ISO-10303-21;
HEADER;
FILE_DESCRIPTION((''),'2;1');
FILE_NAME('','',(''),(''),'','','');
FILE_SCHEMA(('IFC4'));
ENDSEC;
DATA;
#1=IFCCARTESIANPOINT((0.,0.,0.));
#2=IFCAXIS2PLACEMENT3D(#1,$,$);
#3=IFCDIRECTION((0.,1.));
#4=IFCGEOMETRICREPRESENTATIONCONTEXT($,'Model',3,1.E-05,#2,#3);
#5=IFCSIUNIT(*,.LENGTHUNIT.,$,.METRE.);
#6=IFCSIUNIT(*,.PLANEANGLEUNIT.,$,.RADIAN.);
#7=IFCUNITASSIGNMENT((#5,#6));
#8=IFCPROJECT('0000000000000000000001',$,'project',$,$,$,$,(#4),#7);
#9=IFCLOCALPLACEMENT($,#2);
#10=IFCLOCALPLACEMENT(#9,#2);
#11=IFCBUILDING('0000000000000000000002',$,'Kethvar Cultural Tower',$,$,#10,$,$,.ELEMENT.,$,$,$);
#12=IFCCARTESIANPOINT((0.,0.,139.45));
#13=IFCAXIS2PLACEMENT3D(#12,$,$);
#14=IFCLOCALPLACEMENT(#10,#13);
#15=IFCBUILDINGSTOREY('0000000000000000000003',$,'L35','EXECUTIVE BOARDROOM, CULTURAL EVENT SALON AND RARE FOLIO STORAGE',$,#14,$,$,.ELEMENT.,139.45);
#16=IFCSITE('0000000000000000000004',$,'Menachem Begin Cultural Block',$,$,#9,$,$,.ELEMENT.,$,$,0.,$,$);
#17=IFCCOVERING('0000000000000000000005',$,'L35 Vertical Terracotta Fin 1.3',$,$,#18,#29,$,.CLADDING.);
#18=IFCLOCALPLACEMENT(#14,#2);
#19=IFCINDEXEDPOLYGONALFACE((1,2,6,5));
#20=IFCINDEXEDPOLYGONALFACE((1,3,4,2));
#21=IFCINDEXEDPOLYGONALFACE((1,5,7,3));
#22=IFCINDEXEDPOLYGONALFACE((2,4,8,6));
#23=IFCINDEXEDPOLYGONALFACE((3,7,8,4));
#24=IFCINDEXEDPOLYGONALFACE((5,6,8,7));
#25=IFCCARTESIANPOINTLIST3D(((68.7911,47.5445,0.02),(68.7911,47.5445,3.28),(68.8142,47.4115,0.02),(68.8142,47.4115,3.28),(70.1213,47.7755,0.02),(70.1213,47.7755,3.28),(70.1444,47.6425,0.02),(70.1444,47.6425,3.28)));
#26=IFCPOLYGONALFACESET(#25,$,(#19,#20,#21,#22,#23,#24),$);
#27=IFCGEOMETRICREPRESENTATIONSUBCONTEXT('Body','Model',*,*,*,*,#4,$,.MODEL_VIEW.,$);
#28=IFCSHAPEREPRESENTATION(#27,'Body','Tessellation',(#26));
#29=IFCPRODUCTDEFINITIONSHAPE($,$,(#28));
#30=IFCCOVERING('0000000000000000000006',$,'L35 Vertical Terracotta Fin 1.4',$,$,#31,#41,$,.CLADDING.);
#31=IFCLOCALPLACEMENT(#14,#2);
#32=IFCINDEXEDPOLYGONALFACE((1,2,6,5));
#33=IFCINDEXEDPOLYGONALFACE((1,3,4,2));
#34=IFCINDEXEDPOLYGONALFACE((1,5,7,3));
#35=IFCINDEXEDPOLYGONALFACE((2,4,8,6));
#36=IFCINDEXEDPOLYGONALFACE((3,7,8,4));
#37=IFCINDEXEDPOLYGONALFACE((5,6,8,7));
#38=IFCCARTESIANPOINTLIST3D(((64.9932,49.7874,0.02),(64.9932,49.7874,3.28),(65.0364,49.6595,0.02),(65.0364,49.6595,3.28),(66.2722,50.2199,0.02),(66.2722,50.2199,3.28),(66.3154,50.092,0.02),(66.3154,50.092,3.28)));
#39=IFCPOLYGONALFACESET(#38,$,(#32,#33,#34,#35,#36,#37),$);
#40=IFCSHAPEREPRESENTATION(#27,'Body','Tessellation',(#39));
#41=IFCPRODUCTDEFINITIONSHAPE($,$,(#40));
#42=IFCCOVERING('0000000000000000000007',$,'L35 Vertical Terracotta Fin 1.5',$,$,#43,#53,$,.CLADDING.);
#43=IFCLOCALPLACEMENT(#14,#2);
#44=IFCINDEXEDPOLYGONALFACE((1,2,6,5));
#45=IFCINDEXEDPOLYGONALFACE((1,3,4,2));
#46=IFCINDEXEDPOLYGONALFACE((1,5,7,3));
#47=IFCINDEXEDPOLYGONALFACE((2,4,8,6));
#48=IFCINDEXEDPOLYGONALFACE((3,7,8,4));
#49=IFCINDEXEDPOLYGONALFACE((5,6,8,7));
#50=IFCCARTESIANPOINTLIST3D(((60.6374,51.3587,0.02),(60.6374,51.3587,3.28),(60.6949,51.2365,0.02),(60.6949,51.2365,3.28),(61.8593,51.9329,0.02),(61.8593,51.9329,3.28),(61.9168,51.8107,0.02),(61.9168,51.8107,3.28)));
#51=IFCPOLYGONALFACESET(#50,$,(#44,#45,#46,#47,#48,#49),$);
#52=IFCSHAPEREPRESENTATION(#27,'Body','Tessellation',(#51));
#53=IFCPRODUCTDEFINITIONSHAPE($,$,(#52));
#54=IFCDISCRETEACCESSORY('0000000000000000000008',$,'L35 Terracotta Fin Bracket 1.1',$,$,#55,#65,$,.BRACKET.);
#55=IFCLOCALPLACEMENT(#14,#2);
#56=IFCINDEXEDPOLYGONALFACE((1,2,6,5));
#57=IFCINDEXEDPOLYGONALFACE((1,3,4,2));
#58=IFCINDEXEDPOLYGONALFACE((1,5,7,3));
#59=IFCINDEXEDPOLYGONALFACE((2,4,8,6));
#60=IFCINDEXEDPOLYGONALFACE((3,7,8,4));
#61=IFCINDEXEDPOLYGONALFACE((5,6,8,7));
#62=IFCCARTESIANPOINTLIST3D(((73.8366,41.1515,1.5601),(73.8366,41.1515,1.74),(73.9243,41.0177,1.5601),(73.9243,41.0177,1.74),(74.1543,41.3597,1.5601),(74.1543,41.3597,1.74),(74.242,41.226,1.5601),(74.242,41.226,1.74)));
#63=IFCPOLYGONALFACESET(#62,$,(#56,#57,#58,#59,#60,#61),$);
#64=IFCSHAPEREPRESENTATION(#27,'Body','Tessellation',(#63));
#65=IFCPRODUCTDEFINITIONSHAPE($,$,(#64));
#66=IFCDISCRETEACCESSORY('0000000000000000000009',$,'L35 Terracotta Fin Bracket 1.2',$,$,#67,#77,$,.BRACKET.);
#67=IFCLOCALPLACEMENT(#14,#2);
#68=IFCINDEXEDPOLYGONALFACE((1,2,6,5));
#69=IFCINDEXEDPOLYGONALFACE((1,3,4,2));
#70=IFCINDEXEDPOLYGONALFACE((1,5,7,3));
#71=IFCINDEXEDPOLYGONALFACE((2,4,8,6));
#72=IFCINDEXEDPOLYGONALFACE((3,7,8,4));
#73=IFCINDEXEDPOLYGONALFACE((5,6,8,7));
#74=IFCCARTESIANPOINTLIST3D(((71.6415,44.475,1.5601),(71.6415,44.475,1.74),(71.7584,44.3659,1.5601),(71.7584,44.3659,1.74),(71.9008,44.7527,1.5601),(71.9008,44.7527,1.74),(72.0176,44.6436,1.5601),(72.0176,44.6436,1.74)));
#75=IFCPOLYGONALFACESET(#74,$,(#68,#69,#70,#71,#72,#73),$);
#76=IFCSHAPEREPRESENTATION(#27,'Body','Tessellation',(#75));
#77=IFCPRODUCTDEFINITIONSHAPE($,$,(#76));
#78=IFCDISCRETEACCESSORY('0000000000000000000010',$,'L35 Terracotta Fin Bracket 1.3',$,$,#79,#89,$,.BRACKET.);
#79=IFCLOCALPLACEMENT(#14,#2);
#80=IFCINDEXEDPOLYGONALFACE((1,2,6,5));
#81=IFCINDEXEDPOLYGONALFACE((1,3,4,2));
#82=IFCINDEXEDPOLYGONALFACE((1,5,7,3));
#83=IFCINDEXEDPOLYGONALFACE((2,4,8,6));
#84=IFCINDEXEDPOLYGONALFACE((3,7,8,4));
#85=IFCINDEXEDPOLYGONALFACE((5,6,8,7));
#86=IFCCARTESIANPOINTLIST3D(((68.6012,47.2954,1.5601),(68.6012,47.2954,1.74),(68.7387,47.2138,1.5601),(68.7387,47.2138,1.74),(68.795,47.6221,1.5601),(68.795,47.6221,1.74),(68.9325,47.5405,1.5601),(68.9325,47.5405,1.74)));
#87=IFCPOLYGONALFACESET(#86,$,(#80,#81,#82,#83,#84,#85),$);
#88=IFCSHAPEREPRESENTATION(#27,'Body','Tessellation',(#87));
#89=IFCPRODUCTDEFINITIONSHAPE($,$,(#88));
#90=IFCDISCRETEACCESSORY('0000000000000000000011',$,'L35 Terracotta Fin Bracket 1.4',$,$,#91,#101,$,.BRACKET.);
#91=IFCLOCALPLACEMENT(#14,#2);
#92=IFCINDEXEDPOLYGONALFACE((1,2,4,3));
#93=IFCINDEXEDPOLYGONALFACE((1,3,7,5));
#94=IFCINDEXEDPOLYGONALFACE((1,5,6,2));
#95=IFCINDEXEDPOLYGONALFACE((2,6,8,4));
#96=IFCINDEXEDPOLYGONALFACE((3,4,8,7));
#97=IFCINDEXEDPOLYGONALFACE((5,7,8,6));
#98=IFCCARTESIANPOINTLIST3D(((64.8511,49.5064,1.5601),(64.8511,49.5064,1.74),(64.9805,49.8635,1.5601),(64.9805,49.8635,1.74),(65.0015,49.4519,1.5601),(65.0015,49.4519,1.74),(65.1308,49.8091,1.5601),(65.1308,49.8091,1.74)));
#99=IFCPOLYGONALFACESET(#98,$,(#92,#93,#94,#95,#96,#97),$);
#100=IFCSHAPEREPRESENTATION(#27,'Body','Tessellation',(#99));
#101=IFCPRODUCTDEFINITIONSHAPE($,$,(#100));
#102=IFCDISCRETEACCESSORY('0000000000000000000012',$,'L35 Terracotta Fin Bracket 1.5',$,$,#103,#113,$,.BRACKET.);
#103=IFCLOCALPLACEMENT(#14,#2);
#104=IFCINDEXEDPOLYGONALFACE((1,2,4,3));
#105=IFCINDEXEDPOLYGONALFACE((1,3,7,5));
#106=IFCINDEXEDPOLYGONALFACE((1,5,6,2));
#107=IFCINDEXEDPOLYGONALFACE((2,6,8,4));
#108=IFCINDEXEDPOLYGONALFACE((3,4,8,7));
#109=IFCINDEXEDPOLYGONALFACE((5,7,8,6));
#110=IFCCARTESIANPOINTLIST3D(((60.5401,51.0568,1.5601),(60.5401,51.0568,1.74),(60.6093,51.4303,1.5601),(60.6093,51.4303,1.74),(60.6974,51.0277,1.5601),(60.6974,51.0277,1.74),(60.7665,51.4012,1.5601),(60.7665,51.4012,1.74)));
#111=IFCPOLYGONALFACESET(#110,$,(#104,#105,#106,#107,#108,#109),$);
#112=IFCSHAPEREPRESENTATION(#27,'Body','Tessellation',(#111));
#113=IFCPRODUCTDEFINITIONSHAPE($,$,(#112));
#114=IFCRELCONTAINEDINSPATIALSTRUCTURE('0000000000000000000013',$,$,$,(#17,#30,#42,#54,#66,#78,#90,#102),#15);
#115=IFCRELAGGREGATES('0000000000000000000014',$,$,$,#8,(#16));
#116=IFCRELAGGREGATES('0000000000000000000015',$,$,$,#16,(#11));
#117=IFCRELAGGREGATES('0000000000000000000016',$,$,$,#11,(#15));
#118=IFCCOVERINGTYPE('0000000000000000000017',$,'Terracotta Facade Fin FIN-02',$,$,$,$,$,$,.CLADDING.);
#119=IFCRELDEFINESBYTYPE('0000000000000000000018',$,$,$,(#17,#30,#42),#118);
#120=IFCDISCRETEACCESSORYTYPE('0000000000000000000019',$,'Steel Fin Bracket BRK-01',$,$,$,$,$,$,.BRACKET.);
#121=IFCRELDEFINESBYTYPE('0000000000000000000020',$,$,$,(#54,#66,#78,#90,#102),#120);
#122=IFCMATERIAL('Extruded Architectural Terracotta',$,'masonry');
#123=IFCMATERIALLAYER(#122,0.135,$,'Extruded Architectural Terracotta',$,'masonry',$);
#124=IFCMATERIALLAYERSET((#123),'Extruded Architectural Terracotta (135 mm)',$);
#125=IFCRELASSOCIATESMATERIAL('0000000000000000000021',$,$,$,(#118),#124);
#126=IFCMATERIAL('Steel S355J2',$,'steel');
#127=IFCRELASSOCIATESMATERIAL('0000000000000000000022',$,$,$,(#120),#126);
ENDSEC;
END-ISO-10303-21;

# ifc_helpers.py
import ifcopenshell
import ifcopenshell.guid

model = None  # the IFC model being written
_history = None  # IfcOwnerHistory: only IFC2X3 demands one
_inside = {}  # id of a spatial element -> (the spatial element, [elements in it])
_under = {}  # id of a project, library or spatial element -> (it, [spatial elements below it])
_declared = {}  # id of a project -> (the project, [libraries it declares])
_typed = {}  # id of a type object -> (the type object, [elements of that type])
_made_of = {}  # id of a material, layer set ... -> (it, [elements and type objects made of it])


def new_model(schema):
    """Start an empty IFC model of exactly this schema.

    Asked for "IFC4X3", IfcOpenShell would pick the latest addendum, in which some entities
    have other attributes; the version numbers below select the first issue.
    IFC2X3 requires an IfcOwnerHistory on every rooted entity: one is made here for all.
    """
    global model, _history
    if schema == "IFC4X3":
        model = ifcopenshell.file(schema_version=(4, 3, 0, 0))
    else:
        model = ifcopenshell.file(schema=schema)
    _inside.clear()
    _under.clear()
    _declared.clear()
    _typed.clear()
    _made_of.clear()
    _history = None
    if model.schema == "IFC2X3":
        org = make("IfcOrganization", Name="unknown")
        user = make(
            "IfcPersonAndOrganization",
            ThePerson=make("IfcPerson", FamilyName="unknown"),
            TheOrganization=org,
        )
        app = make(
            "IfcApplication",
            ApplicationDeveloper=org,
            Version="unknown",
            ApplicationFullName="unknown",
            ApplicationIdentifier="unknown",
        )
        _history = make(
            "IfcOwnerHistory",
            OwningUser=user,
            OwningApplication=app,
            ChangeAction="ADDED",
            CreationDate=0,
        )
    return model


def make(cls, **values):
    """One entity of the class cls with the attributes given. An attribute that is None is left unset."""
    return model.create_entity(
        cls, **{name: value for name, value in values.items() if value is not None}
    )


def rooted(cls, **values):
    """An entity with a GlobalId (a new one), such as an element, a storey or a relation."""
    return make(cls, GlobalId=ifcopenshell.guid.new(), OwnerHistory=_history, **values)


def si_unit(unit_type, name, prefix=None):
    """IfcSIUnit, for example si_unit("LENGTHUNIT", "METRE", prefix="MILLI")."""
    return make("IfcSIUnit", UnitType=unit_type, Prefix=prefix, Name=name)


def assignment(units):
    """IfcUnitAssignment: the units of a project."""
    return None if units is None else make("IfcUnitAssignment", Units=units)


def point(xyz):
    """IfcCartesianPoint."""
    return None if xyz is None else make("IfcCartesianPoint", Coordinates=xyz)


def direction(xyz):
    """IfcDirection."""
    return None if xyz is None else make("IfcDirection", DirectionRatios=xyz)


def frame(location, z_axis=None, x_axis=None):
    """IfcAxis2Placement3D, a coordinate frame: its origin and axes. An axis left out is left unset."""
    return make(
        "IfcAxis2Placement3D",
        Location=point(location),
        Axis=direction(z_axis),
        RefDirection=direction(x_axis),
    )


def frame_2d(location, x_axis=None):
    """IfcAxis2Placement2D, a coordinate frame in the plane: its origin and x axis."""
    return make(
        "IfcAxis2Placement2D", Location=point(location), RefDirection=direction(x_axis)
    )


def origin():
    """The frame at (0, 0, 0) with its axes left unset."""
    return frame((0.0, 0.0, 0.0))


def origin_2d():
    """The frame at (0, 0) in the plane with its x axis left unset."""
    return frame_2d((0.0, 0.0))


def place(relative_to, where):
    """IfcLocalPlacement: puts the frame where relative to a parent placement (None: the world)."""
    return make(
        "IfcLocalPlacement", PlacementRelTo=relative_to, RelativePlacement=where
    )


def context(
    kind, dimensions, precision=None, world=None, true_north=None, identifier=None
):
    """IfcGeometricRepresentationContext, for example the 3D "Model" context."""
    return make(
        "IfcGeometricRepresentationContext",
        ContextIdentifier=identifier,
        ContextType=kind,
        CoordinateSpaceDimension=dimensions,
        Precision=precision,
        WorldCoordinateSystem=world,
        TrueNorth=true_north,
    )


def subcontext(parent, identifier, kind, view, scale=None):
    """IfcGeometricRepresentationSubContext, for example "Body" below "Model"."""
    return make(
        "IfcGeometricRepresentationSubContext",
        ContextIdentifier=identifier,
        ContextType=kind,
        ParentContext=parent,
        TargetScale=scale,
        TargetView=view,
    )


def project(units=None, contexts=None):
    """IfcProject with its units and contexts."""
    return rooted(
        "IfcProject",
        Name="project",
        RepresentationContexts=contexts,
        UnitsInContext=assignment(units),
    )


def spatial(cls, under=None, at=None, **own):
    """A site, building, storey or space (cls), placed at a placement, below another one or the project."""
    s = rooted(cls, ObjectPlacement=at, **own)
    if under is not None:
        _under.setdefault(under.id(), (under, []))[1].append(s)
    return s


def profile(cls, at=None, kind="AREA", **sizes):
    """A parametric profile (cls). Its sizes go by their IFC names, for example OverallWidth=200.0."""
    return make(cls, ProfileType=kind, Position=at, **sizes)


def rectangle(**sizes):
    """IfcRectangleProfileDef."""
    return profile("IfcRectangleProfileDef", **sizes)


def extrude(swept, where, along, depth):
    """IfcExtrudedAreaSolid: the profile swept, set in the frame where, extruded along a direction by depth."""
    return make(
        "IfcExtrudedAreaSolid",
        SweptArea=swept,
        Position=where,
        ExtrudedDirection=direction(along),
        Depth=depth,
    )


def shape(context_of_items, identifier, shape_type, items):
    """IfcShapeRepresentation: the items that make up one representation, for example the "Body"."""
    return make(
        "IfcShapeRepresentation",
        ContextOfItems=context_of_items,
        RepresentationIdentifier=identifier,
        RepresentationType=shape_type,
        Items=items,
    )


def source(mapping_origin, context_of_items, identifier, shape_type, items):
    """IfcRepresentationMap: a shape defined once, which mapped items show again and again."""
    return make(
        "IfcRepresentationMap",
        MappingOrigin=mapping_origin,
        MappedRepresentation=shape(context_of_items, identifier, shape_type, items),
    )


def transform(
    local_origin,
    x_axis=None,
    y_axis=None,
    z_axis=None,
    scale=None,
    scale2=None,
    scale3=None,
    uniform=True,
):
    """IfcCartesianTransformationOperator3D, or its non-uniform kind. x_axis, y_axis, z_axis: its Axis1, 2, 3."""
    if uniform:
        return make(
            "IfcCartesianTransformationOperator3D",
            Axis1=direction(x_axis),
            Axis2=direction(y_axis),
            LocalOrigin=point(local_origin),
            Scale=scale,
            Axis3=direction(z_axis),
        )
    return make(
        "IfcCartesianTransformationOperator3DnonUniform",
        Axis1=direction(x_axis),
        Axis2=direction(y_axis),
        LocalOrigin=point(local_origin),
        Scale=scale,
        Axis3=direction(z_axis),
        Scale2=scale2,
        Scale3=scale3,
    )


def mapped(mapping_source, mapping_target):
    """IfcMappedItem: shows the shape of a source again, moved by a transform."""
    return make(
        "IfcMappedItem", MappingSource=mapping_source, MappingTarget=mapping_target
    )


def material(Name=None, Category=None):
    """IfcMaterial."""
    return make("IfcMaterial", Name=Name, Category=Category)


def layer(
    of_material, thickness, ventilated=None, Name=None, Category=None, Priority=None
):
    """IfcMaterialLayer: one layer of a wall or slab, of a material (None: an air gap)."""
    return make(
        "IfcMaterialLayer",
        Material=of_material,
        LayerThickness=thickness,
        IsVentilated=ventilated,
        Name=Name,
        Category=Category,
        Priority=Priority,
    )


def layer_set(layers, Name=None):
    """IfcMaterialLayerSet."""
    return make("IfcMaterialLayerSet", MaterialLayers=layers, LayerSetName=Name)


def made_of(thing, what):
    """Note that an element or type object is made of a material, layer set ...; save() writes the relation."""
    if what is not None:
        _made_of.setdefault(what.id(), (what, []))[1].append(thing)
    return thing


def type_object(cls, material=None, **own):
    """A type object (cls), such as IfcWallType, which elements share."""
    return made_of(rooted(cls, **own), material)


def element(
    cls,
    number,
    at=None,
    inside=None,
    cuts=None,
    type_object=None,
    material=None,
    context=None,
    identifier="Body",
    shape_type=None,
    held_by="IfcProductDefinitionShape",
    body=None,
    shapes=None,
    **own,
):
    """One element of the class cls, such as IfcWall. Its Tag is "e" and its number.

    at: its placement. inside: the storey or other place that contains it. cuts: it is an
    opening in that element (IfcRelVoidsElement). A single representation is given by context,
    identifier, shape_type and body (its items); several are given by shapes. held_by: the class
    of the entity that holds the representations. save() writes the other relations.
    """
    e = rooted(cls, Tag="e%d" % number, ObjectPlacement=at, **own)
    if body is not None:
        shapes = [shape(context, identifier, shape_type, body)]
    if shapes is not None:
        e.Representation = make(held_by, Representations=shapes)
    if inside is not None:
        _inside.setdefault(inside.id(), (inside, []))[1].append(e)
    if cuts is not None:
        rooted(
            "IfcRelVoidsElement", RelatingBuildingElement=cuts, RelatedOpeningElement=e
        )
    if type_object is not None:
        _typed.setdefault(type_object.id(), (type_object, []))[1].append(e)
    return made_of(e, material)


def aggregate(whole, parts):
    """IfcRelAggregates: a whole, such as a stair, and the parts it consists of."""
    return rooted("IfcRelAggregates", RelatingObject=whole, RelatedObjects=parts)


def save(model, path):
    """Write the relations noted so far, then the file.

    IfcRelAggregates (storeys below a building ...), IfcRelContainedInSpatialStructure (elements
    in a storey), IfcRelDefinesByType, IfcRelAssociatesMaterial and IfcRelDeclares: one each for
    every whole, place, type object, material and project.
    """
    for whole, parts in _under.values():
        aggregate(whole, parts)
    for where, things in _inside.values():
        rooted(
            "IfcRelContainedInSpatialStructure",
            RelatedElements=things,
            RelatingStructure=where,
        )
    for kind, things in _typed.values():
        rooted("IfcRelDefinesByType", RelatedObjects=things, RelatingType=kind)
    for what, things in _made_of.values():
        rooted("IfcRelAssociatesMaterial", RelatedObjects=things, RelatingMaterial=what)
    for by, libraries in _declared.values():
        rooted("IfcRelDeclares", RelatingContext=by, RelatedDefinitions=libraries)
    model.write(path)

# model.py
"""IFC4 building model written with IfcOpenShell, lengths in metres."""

from ifc_helpers import new_model, si_unit, direction, frame, origin, origin_2d, place, context, subcontext, project, spatial, rectangle, extrude, source, transform, mapped, material, layer, layer_set, type_object, element, save


model = new_model("IFC4")

# Units and contexts
model_context = context("Model", 3, precision=1e-05, world=origin(), true_north=direction((0.0, 1.0)))
body_context = subcontext(model_context, "Body", "Model", "MODEL_VIEW")
ifc_project = project(units=[si_unit("LENGTHUNIT", "METRE"), si_unit("PLANEANGLEUNIT", "RADIAN")], contexts=[model_context])

# Site, building, storey
site_placement = place(None, origin())
site = spatial("IfcSite", under=ifc_project, at=site_placement, Name="Menachem Begin Cultural Block", CompositionType="ELEMENT", RefElevation=0.0)
building_placement = place(site_placement, origin())
building = spatial("IfcBuilding", under=site, at=building_placement, Name="Kethvar Cultural Tower", CompositionType="ELEMENT")
storey_placement = place(building_placement, frame((0.0, 0.0, 139.45)))
storey = spatial("IfcBuildingStorey", under=building, at=storey_placement, Name="L35", Description="EXECUTIVE BOARDROOM, CULTURAL EVENT SALON AND RARE FOLIO STORAGE", CompositionType="ELEMENT", Elevation=139.45)

# Shared definitions
ifc_material_1 = material(Name="Steel S355J2", Category="steel")

# Coverings
ifc_material_2 = material(Name="Extruded Architectural Terracotta", Category="masonry")
ifc_layer_1 = layer(ifc_material_2, 0.135, Name="Extruded Architectural Terracotta", Category="masonry")
ifc_layer_set_1 = layer_set([ifc_layer_1], Name="Extruded Architectural Terracotta (135 mm)")
covering_type = type_object("IfcCoveringType", Name="Terracotta Facade Fin FIN-02", PredefinedType="CLADDING", material=ifc_layer_set_1)
shared_shape_1 = source(origin(), body_context, "Body", "SweptSolid", [
    extrude(rectangle(XDim=1.3501, YDim=0.135, at=origin_2d()), origin(), (0.0, 0.0, 1.0), 3.26),
])
for number, where, z_axis, x_axis, name in (
    (1, (69.4678, 47.5935, 0.02), (0.0, 0.0, 1.0), (0.985259, 0.171069, 0.0), "L35 Vertical Terracotta Fin 1.3"),
    (2, (65.6543, 49.9397, 0.02), (0.0, 0.0, 1.0), (0.947322, 0.320282, 0.0), "L35 Vertical Terracotta Fin 1.4"),
    (3, (61.2771, 51.5847, 0.02), (0.0, 0.0, 1.0), (0.90505, 0.425305, 0.0), "L35 Vertical Terracotta Fin 1.5"),
):
    element("IfcCovering", number, at=place(storey_placement, frame(where, z_axis=z_axis, x_axis=x_axis)), inside=storey, type_object=covering_type, Name=name, PredefinedType="CLADDING", context=body_context, shape_type="MappedRepresentation", body=[
        mapped(shared_shape_1, transform((0.0, 0.0, 0.0), scale=1.0)),
    ])

# Discrete accessories
discrete_accessory_type = type_object("IfcDiscreteAccessoryType", Name="Steel Fin Bracket BRK-01", PredefinedType="BRACKET", material=ifc_material_1)
shared_shape_2 = source(origin(), body_context, "Body", "SweptSolid", [
    extrude(rectangle(XDim=0.3799, YDim=0.1599, at=origin_2d()), origin(), (0.0, 0.0, 1.0), 0.1799),
])
for number, where, z_axis, x_axis, name in (
    (4, (74.0393, 41.1887, 1.5601), (0.0, 0.0, 1.0), (0.836382, 0.548147, 0.0), "L35 Terracotta Fin Bracket 1.1"),
    (5, (71.8296, 44.5593, 1.5601), (0.0, 0.0, 1.0), (0.682381, 0.730997, 0.0), "L35 Terracotta Fin Bracket 1.2"),
    (6, (68.7668, 47.418, 1.5601), (0.0, 0.0, 1.0), (0.510243, 0.86003, 0.0), "L35 Terracotta Fin Bracket 1.3"),
    (7, (64.991, 49.6577, 1.5601), (0.0, 0.0, 1.0), (0.340544, 0.940229, 0.0), "L35 Terracotta Fin Bracket 1.4"),
    (8, (60.6533, 51.229, 1.5601), (0.0, 0.0, 1.0), (0.182064, 0.983287, 0.0), "L35 Terracotta Fin Bracket 1.5"),
):
    element("IfcDiscreteAccessory", number, at=place(storey_placement, frame(where, z_axis=z_axis, x_axis=x_axis)), inside=storey, type_object=discrete_accessory_type, Name=name, PredefinedType="BRACKET", context=body_context, shape_type="MappedRepresentation", body=[
        mapped(shared_shape_2, transform((0.0, 0.0, 0.0), scale=1.0)),
    ])

save(model, "model.ifc")
